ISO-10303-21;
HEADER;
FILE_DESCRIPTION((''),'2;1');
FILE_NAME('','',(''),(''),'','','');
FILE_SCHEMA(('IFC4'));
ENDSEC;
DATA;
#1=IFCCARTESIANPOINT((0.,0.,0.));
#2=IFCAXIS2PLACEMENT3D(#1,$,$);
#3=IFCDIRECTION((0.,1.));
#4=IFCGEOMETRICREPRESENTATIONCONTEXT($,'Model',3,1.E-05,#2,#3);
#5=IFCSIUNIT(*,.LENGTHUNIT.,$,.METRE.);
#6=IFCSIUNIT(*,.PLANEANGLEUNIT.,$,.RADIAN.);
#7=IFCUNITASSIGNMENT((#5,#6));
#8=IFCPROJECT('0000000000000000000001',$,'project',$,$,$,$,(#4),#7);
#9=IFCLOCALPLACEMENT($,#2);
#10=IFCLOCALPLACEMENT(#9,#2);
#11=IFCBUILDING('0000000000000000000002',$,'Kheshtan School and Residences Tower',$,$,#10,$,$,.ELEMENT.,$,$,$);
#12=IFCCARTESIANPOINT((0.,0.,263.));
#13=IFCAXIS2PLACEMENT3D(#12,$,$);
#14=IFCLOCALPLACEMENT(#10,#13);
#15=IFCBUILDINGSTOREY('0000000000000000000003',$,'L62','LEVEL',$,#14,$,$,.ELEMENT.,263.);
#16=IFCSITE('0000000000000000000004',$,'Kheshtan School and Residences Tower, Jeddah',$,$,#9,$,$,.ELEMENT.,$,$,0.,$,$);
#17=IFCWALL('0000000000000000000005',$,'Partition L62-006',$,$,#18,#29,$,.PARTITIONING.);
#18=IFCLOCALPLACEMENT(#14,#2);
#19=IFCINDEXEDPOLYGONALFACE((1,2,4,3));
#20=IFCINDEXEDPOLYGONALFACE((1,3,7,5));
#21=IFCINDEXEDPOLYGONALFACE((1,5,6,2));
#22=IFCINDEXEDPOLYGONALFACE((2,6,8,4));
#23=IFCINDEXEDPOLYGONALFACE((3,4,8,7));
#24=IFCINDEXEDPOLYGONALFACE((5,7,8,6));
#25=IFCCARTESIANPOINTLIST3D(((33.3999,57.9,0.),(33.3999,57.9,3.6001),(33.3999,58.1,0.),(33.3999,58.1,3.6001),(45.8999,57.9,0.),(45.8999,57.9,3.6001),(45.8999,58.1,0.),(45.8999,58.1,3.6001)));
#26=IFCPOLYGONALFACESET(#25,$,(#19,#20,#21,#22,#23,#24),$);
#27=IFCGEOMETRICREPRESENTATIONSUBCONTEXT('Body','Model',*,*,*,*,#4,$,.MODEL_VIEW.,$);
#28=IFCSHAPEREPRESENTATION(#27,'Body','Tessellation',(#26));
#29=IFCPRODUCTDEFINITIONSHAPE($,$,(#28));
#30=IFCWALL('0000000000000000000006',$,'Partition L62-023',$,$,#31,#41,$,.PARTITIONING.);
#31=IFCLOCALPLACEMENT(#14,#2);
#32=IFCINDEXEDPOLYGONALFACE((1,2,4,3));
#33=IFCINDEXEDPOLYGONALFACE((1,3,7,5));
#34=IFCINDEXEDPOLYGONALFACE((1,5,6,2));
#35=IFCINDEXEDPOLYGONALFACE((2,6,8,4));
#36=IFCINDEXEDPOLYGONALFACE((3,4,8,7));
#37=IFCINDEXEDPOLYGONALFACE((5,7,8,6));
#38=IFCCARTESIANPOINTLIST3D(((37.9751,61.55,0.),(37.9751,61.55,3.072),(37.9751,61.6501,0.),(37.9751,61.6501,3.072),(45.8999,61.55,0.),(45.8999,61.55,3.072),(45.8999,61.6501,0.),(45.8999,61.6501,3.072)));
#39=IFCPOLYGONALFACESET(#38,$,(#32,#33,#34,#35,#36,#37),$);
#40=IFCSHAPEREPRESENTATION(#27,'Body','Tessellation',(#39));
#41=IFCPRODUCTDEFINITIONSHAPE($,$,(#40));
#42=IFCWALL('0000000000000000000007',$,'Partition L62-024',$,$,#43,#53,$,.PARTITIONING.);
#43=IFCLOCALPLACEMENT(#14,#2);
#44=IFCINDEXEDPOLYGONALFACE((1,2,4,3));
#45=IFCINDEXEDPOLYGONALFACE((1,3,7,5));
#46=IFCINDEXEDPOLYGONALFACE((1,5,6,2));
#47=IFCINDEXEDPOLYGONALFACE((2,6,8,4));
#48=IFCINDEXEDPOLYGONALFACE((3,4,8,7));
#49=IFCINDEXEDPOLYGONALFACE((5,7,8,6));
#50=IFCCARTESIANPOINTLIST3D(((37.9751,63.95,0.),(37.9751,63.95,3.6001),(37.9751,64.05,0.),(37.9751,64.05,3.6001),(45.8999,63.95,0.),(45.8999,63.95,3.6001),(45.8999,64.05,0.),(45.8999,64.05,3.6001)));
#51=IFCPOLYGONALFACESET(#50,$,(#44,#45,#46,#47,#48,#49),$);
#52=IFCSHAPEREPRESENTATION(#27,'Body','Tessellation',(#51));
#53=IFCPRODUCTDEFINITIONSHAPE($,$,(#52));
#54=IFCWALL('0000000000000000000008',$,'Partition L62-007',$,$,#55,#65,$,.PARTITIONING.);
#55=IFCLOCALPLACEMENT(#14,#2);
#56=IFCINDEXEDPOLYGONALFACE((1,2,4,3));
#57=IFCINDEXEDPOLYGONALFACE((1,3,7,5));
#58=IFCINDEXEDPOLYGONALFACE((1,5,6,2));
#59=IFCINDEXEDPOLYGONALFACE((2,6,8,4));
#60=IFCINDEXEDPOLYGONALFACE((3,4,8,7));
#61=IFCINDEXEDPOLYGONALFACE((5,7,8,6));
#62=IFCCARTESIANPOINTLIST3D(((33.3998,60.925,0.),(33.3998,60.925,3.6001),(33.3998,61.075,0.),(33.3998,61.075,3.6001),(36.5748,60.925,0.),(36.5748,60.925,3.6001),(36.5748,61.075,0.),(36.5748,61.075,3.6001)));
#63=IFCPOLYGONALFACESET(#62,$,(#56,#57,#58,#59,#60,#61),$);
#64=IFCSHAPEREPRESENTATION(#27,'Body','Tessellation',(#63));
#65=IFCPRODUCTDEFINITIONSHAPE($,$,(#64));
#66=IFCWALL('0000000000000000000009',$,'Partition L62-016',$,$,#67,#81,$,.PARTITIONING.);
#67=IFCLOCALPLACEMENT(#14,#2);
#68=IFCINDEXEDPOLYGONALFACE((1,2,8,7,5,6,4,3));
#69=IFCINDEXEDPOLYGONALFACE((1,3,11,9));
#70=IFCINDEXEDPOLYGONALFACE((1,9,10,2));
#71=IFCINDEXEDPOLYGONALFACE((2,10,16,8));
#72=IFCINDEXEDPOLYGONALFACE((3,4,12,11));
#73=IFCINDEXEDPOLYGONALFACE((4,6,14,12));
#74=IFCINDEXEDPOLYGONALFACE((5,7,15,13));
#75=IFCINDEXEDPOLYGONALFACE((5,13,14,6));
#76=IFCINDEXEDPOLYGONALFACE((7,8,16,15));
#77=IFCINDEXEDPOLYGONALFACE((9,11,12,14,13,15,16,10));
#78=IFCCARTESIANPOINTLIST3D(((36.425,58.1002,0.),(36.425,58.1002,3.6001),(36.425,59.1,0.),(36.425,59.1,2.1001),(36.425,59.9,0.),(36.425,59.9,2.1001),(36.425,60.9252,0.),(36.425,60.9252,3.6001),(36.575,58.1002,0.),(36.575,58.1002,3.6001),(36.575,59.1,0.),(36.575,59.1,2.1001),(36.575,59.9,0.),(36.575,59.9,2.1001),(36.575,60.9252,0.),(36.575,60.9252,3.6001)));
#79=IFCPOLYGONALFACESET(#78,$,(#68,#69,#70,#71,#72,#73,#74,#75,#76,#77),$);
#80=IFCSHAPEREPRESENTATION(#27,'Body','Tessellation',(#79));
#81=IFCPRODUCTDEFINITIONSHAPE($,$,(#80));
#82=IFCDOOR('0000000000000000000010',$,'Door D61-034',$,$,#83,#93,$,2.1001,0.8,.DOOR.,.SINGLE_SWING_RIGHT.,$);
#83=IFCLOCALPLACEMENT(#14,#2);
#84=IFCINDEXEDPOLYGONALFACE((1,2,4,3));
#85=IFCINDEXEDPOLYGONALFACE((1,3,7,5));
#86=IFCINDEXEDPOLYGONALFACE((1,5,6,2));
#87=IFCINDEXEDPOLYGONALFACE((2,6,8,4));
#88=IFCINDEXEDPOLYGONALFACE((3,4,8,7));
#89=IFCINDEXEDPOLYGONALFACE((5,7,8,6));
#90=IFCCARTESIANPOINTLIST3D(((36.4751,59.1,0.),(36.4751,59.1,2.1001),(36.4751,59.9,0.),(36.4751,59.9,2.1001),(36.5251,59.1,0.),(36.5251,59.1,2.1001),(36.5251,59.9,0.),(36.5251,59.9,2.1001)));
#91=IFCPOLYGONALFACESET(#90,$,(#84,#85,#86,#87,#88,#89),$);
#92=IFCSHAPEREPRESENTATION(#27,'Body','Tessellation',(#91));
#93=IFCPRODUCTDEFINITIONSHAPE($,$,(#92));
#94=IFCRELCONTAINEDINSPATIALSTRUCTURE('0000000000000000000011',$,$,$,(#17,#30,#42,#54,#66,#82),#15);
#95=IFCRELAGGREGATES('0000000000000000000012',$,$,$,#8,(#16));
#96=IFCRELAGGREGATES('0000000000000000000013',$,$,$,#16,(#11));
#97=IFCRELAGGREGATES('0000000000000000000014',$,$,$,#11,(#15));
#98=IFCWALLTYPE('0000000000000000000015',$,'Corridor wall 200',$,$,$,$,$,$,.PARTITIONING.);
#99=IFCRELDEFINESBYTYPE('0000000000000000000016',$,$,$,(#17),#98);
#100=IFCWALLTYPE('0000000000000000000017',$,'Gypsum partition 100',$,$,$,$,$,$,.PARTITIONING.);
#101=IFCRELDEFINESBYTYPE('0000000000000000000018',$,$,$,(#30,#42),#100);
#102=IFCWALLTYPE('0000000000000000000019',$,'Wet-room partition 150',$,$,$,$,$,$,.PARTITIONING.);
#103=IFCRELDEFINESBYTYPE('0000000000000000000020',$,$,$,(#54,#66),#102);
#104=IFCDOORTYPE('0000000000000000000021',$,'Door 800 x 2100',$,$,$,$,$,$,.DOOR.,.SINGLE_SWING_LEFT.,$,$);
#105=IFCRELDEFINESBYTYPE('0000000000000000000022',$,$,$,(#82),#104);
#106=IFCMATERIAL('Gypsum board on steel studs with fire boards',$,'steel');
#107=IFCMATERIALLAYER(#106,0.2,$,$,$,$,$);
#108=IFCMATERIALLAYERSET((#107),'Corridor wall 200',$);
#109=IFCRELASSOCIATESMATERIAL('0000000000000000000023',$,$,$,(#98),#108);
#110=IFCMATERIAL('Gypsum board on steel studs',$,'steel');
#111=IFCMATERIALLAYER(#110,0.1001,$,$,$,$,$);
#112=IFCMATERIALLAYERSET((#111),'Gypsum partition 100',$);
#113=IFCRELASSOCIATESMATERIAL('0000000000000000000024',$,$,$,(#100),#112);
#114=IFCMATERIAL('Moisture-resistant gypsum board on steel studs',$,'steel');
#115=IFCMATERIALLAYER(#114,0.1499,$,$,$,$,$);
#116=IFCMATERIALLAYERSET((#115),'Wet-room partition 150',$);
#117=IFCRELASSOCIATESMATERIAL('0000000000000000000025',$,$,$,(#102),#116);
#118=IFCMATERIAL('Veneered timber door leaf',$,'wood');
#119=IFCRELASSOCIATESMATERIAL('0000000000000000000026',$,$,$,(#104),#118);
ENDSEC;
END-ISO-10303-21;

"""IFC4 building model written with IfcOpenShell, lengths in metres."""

from ifc_helpers import new_model, si_unit, direction, frame, frame_2d, origin, place, context, subcontext, project, spatial, rectangle, extrude, source, transform, mapped, material, layer, layer_set, type_object, element, fill, save


model = new_model("IFC4")

# Units and contexts
model_context = context("Model", 3, precision=1e-05, world=origin(), true_north=direction((0.0, 1.0)))
body_context = subcontext(model_context, "Body", "Model", "MODEL_VIEW")
ifc_project = project(units=[si_unit("LENGTHUNIT", "METRE"), si_unit("PLANEANGLEUNIT", "RADIAN")], contexts=[model_context])

# Site, building, storey
site_placement = place(None, origin())
site = spatial("IfcSite", under=ifc_project, at=site_placement, Name="Kheshtan School and Residences Tower, Jeddah", CompositionType="ELEMENT", RefElevation=0.0)
building_placement = place(site_placement, origin())
building = spatial("IfcBuilding", under=site, at=building_placement, Name="Kheshtan School and Residences Tower", CompositionType="ELEMENT")
storey_placement = place(building_placement, frame((0.0, 0.0, 263.0)))
storey = spatial("IfcBuildingStorey", under=building, at=storey_placement, Name="L62", Description="LEVEL", CompositionType="ELEMENT", Elevation=263.0)

# Shared definitions
ifc_material_1 = material(Name="Gypsum board on steel studs with fire boards", Category="steel")
ifc_layer_1 = layer(ifc_material_1, 0.2)
ifc_layer_set_1 = layer_set([ifc_layer_1], Name="Corridor wall 200")
wall_type_1 = type_object("IfcWallType", Name="Corridor wall 200", PredefinedType="PARTITIONING", material=ifc_layer_set_1)

# Walls
wall_1_placement = place(storey_placement, frame((33.3999, 58.0, 0.0), z_axis=(0.0, 0.0, 1.0), x_axis=(1.0, 0.0, 0.0)))
element("IfcWall", 1, at=wall_1_placement, inside=storey, type_object=wall_type_1, Name="Partition L62-006", PredefinedType="PARTITIONING", context=body_context, shape_type="SweptSolid", body=[
    extrude(rectangle(XDim=12.5, YDim=0.2, at=frame_2d((6.25, 0.0))), origin(), (0.0, 0.0, 1.0), 3.6001),
])
ifc_material_2 = material(Name="Gypsum board on steel studs", Category="steel")
ifc_layer_2 = layer(ifc_material_2, 0.1001)
ifc_layer_set_2 = layer_set([ifc_layer_2], Name="Gypsum partition 100")
wall_type_2 = type_object("IfcWallType", Name="Gypsum partition 100", PredefinedType="PARTITIONING", material=ifc_layer_set_2)
wall_2_placement = place(storey_placement, frame((37.9751, 61.6001, 0.0), z_axis=(0.0, 0.0, 1.0), x_axis=(1.0, 0.0, 0.0)))
element("IfcWall", 2, at=wall_2_placement, inside=storey, type_object=wall_type_2, Name="Partition L62-023", PredefinedType="PARTITIONING", context=body_context, shape_type="SweptSolid", body=[
    extrude(rectangle(XDim=7.9248, YDim=0.1001, at=frame_2d((3.9624, 0.0))), origin(), (0.0, 0.0, 1.0), 3.072),
])
wall_3_placement = place(storey_placement, frame((37.9751, 64.0, 0.0), z_axis=(0.0, 0.0, 1.0), x_axis=(1.0, 0.0, 0.0)))
element("IfcWall", 3, at=wall_3_placement, inside=storey, type_object=wall_type_2, Name="Partition L62-024", PredefinedType="PARTITIONING", context=body_context, shape_type="SweptSolid", body=[
    extrude(rectangle(XDim=7.9248, YDim=0.1001, at=frame_2d((3.9624, 0.0))), origin(), (0.0, 0.0, 1.0), 3.6001),
])
ifc_material_3 = material(Name="Moisture-resistant gypsum board on steel studs", Category="steel")
ifc_layer_3 = layer(ifc_material_3, 0.1499)
ifc_layer_set_3 = layer_set([ifc_layer_3], Name="Wet-room partition 150")
wall_type_3 = type_object("IfcWallType", Name="Wet-room partition 150", PredefinedType="PARTITIONING", material=ifc_layer_set_3)
wall_4_placement = place(storey_placement, frame((33.3999, 61.0, 0.0), z_axis=(0.0, 0.0, 1.0), x_axis=(1.0, 0.0, 0.0)))
element("IfcWall", 4, at=wall_4_placement, inside=storey, type_object=wall_type_3, Name="Partition L62-007", PredefinedType="PARTITIONING", context=body_context, shape_type="SweptSolid", body=[
    extrude(rectangle(XDim=3.175, YDim=0.1499, at=frame_2d((1.5874, 0.0))), origin(), (0.0, 0.0, 1.0), 3.6001),
])

# Wall, opening, door
wall_5_placement = place(storey_placement, frame((36.5, 58.1001, 0.0), z_axis=(0.0, 0.0, 1.0), x_axis=(0.0, 1.0, 0.0)))
wall_5 = element("IfcWall", 5, at=wall_5_placement, inside=storey, type_object=wall_type_3, Name="Partition L62-016", PredefinedType="PARTITIONING", context=body_context, shape_type="SweptSolid", body=[
    extrude(rectangle(XDim=2.825, YDim=0.1499, at=frame_2d((1.4126, 0.0))), origin(), (0.0, 0.0, 1.0), 3.6001),
])
opening_1_placement = place(wall_5_placement, frame((1.0, 0.0, 0.0)))
opening_1 = element("IfcOpeningElement", 6, at=opening_1_placement, cuts=wall_5, PredefinedType="OPENING", context=body_context, shape_type="SweptSolid", body=[
    extrude(rectangle(XDim=0.8, YDim=2.1001, at=frame_2d((0.3999, 1.05))), frame((0.0, 0.085, 0.0), z_axis=(0.0, -1.0, 0.0), x_axis=(1.0, 0.0, 0.0)), (0.0, 0.0, 1.0), 0.1699),
])
ifc_material_4 = material(Name="Veneered timber door leaf", Category="wood")
door_type_1 = type_object("IfcDoorType", Name="Door 800 x 2100", OperationType="SINGLE_SWING_LEFT", PredefinedType="DOOR", material=ifc_material_4)
shared_shape_1 = source(origin(), body_context, "Body", "SweptSolid", [
    extrude(rectangle(XDim=0.8, YDim=2.1001, at=frame_2d((0.3999, 1.05))), frame((0.0, 0.0249, 0.0), z_axis=(0.0, -1.0, 0.0), x_axis=(1.0, 0.0, 0.0)), (0.0, 0.0, 1.0), 0.05),
])
door_1_placement = place(opening_1_placement, origin())
door_1 = element("IfcDoor", 7, at=door_1_placement, inside=storey, type_object=door_type_1, Name="Door D61-034", OperationType="SINGLE_SWING_RIGHT", OverallHeight=2.1001, OverallWidth=0.8, PredefinedType="DOOR", context=body_context, shape_type="MappedRepresentation", body=[
    mapped(shared_shape_1, transform((0.0, 0.0, 0.0), x_axis=(1.0, 0.0, 0.0), y_axis=(0.0, 1.0, 0.0), z_axis=(0.0, 0.0, 1.0), scale=1.0)),
])
fill(opening_1, door_1)

save(model, "model.ifc")
